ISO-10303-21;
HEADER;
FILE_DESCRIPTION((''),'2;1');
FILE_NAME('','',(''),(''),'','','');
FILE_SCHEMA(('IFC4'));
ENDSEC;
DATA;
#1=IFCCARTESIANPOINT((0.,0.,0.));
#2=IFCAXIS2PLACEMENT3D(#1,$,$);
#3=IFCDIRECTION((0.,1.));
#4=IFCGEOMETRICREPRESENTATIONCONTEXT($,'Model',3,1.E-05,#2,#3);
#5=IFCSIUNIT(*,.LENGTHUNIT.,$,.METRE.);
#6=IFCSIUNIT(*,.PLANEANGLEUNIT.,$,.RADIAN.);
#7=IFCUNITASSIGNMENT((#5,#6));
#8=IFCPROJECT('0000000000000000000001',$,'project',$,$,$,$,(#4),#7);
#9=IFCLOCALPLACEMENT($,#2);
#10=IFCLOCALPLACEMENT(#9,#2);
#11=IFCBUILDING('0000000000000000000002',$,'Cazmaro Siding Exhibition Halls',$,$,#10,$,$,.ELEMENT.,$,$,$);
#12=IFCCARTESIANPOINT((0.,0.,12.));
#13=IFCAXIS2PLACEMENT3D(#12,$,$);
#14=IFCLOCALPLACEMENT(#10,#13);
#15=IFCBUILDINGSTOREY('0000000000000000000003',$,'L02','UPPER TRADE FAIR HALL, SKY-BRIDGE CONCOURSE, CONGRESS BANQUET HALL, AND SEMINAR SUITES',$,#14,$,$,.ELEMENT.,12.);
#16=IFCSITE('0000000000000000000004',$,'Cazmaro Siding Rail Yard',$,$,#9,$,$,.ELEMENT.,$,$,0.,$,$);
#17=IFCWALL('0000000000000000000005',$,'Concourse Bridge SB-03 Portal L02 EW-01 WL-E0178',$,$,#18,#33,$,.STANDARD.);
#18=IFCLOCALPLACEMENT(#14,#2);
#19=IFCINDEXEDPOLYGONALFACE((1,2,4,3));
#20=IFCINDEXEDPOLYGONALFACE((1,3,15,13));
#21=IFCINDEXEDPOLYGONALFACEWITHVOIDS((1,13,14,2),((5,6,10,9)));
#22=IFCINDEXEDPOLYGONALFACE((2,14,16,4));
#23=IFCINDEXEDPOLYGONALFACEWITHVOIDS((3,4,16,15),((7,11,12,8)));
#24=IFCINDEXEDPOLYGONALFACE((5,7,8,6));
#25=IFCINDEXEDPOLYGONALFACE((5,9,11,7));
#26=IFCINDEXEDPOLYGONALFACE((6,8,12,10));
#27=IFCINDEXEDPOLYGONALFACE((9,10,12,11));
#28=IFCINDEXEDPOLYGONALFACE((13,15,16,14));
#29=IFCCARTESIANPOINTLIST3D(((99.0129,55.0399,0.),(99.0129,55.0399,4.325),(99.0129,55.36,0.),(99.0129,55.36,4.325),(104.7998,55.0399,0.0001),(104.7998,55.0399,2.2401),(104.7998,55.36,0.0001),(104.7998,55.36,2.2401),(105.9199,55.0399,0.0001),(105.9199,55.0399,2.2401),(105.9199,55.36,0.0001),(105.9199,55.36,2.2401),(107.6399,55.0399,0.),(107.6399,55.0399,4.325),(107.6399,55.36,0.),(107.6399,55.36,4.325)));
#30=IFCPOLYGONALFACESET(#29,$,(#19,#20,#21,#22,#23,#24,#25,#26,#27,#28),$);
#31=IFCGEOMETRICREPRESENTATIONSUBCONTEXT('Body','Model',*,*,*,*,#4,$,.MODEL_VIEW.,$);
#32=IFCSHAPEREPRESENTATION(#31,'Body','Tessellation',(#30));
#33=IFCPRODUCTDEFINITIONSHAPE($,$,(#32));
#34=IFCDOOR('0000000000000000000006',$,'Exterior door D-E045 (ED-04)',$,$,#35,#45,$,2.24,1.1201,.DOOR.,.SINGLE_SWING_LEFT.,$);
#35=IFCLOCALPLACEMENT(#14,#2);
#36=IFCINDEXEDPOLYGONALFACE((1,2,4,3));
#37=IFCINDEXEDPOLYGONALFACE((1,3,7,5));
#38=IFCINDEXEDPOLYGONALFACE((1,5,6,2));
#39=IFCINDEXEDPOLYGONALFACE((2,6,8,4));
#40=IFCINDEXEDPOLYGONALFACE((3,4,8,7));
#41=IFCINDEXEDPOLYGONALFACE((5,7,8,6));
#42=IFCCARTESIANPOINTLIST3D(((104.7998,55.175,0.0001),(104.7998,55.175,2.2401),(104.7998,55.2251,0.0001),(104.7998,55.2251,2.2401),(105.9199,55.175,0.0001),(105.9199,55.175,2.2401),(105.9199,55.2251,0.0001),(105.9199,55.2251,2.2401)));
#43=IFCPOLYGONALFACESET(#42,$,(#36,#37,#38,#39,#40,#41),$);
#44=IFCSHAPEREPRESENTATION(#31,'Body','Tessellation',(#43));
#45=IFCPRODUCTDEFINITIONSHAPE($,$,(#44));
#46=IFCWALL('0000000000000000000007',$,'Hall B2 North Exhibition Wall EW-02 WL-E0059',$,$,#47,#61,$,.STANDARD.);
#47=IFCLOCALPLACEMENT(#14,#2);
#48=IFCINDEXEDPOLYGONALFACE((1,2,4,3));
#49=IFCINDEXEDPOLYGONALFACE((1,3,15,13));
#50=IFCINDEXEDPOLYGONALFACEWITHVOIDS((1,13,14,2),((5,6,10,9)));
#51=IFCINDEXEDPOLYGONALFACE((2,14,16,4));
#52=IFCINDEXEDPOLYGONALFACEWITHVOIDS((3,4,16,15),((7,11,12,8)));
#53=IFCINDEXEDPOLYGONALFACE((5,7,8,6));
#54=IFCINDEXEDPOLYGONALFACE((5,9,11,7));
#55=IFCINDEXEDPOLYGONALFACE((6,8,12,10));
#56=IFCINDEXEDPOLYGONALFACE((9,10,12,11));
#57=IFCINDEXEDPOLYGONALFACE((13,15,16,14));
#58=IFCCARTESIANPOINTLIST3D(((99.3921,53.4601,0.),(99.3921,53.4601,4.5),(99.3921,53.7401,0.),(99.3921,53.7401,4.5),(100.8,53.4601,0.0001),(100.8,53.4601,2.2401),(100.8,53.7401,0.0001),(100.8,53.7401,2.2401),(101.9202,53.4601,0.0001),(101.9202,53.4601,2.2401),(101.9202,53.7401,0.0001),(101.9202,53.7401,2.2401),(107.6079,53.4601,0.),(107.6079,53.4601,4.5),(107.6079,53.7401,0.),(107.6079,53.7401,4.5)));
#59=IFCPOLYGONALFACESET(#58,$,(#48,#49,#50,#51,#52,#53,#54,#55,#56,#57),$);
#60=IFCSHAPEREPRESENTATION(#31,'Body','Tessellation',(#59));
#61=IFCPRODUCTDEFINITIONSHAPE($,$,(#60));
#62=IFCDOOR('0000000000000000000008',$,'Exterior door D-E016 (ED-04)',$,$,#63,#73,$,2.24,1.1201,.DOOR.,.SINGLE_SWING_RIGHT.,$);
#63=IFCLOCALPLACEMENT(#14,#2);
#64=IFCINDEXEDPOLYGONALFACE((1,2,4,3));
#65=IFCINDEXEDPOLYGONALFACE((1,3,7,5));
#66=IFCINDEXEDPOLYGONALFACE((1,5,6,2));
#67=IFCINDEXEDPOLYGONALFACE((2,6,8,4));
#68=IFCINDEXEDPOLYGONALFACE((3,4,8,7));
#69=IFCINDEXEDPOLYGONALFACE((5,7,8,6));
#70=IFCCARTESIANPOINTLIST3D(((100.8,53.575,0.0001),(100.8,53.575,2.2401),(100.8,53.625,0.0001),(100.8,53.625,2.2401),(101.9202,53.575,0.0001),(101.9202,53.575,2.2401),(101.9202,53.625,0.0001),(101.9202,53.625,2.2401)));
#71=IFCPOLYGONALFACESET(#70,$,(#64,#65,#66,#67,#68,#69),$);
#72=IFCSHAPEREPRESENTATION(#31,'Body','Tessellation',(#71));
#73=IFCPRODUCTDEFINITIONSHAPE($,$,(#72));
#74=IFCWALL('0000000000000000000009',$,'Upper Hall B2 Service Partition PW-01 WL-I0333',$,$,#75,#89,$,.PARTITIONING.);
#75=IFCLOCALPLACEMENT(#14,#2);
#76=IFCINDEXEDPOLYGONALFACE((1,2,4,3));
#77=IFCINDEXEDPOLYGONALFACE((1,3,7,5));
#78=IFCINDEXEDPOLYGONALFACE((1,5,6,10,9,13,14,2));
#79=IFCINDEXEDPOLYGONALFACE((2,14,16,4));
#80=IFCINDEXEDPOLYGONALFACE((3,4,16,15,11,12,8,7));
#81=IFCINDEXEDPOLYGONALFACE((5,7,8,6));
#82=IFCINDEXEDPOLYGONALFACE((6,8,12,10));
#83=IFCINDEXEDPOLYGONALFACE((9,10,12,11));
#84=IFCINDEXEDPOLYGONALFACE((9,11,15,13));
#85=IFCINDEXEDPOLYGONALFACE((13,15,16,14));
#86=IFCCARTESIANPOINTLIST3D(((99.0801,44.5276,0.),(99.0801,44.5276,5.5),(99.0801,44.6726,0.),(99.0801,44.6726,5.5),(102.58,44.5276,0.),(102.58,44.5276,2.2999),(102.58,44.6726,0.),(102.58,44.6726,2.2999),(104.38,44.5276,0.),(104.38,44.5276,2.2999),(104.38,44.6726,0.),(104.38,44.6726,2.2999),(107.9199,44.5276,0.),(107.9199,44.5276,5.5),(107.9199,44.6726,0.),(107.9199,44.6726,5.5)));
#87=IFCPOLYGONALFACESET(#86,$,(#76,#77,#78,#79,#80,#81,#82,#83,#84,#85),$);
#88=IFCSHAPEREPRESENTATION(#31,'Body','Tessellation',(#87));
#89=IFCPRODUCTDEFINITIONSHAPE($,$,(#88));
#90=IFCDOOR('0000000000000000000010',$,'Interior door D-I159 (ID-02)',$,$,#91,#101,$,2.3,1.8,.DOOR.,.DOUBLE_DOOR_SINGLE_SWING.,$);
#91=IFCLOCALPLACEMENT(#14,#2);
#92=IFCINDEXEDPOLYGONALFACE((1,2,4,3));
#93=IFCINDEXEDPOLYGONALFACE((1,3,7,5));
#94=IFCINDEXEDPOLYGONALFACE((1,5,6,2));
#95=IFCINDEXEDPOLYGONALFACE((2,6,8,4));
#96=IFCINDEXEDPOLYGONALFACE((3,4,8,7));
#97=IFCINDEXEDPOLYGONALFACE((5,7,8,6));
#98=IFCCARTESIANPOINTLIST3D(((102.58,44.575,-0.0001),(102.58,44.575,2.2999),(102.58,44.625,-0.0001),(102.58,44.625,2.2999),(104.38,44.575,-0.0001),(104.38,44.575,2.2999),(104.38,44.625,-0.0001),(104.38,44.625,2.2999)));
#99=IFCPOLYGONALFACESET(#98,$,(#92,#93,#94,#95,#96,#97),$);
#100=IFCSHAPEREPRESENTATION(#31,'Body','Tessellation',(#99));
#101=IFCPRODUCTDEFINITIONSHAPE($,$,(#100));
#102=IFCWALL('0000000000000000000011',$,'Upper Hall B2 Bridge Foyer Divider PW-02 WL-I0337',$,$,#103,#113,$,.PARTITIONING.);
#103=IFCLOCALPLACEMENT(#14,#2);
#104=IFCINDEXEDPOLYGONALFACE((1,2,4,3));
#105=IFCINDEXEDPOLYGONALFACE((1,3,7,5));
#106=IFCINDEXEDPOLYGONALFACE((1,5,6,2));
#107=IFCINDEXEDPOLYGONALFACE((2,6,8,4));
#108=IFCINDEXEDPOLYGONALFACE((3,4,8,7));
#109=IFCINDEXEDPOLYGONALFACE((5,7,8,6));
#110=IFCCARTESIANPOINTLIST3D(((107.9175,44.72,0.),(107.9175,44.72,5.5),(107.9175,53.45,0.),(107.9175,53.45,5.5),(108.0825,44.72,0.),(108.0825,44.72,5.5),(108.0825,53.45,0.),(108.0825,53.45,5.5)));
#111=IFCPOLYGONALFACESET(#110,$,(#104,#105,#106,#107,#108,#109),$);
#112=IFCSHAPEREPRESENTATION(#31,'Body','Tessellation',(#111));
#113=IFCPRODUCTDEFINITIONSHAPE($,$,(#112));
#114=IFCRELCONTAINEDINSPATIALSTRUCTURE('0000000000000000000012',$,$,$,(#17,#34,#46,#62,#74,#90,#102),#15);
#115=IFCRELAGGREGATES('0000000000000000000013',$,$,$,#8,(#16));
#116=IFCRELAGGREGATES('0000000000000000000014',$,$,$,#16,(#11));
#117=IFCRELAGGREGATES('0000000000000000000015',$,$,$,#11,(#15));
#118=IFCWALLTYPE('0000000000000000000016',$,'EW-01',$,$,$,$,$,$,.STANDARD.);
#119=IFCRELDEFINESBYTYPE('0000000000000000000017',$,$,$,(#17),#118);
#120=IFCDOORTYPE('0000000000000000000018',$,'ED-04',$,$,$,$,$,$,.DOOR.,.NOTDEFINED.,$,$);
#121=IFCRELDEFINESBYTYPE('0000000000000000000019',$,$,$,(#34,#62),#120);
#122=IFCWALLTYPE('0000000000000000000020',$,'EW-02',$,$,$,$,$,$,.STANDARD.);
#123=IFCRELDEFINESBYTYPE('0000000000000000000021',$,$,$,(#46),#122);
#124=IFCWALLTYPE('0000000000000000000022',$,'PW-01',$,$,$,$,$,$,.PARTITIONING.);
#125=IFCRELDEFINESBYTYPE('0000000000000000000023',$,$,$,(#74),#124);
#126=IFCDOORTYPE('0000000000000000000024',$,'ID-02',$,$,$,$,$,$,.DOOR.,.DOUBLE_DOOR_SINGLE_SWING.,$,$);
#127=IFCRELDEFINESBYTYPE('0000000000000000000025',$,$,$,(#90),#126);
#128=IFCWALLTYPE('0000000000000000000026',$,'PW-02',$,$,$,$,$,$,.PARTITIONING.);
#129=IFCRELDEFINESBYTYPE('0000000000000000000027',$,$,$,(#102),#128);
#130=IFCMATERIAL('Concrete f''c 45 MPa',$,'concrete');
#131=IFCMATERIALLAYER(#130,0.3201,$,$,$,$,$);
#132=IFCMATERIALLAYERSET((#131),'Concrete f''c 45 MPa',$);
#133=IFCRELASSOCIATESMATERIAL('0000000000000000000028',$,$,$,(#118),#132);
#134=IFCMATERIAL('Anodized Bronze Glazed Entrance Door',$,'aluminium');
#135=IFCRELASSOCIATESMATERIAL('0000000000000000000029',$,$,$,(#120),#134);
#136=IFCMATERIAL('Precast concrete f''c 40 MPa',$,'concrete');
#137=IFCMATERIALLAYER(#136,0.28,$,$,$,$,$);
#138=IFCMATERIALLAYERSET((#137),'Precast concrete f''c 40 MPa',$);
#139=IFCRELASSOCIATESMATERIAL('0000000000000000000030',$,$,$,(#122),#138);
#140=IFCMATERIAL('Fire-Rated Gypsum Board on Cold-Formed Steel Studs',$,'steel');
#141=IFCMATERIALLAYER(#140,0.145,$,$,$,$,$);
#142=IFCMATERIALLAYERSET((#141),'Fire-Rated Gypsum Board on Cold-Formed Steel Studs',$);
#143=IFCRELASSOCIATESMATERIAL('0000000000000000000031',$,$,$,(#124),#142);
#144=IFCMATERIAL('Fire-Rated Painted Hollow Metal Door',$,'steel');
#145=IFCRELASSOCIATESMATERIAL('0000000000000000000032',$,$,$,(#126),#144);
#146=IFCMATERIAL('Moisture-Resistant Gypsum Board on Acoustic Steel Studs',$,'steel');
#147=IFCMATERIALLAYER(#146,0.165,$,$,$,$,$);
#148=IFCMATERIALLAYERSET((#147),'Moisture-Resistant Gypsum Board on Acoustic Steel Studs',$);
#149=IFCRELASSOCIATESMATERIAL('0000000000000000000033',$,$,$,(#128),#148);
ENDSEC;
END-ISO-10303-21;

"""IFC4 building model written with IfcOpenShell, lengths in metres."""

from ifc_helpers import new_model, si_unit, direction, frame, frame_2d, origin, place, context, subcontext, project, spatial, rectangle, extrude, material, layer, layer_set, type_object, element, fill, save


model = new_model("IFC4")

# Units and contexts
model_context = context("Model", 3, precision=1e-05, world=origin(), true_north=direction((0.0, 1.0)))
body_context = subcontext(model_context, "Body", "Model", "MODEL_VIEW")
ifc_project = project(units=[si_unit("LENGTHUNIT", "METRE"), si_unit("PLANEANGLEUNIT", "RADIAN")], contexts=[model_context])

# Site, building, storey
site_placement = place(None, origin())
site = spatial("IfcSite", under=ifc_project, at=site_placement, Name="Cazmaro Siding Rail Yard", CompositionType="ELEMENT", RefElevation=0.0)
building_placement = place(site_placement, origin())
building = spatial("IfcBuilding", under=site, at=building_placement, Name="Cazmaro Siding Exhibition Halls", CompositionType="ELEMENT")
storey_placement = place(building_placement, frame((0.0, 0.0, 12.0)))
storey = spatial("IfcBuildingStorey", under=building, at=storey_placement, Name="L02", Description="UPPER TRADE FAIR HALL, SKY-BRIDGE CONCOURSE, CONGRESS BANQUET HALL, AND SEMINAR SUITES", CompositionType="ELEMENT", Elevation=12.0)

# Walls, openings, doors
ifc_material_1 = material(Name="Concrete f'c 45 MPa", Category="concrete")
ifc_layer_1 = layer(ifc_material_1, 0.3201)
ifc_layer_set_1 = layer_set([ifc_layer_1], Name="Concrete f'c 45 MPa")
wall_type_1 = type_object("IfcWallType", Name="EW-01", PredefinedType="STANDARD", material=ifc_layer_set_1)
wall_1_placement = place(storey_placement, frame((107.6399, 55.2, 0.0), z_axis=(0.0, 0.0, 1.0), x_axis=(-1.0, 0.0, 0.0)))
wall_1 = element("IfcWall", 1, at=wall_1_placement, inside=storey, type_object=wall_type_1, Name="Concourse Bridge SB-03 Portal L02 EW-01 WL-E0178", PredefinedType="STANDARD", context=body_context, shape_type="SweptSolid", body=[
    extrude(rectangle(XDim=8.627, YDim=0.3201, at=frame_2d((4.3135, 0.0))), origin(), (0.0, 0.0, 1.0), 4.325),
])
opening_1_placement = place(wall_1_placement, frame((1.72, 0.0, 0.0)))
opening_1 = element("IfcOpeningElement", 2, at=opening_1_placement, cuts=wall_1, PredefinedType="OPENING", context=body_context, shape_type="SweptSolid", body=[
    extrude(rectangle(XDim=1.1201, YDim=2.24, at=frame_2d((0.5601, 1.1201))), frame((0.0, 0.1699, 0.0), z_axis=(0.0, -1.0, 0.0), x_axis=(1.0, 0.0, 0.0)), (0.0, 0.0, 1.0), 0.3401),
])
ifc_material_2 = material(Name="Anodized Bronze Glazed Entrance Door", Category="aluminium")
door_type_1 = type_object("IfcDoorType", Name="ED-04", OperationType="NOTDEFINED", PredefinedType="DOOR", material=ifc_material_2)
door_1_placement = place(opening_1_placement, origin())
door_1 = element("IfcDoor", 3, at=door_1_placement, inside=storey, type_object=door_type_1, Name="Exterior door D-E045 (ED-04)", OperationType="SINGLE_SWING_LEFT", OverallHeight=2.24, OverallWidth=1.1201, PredefinedType="DOOR", context=body_context, shape_type="SweptSolid", body=[
    extrude(rectangle(XDim=1.1201, YDim=2.24, at=frame_2d((0.5601, 1.1201))), frame((0.0, 0.0249, 0.0), z_axis=(0.0, -1.0, 0.0), x_axis=(1.0, 0.0, 0.0)), (0.0, 0.0, 1.0), 0.05),
])
fill(opening_1, door_1)
ifc_material_3 = material(Name="Precast concrete f'c 40 MPa", Category="concrete")
ifc_layer_2 = layer(ifc_material_3, 0.28)
ifc_layer_set_2 = layer_set([ifc_layer_2], Name="Precast concrete f'c 40 MPa")
wall_type_2 = type_object("IfcWallType", Name="EW-02", PredefinedType="STANDARD", material=ifc_layer_set_2)
wall_2_placement = place(storey_placement, frame((99.3921, 53.6001, 0.0), z_axis=(0.0, 0.0, 1.0), x_axis=(1.0, 0.0, 0.0)))
wall_2 = element("IfcWall", 4, at=wall_2_placement, inside=storey, type_object=wall_type_2, Name="Hall B2 North Exhibition Wall EW-02 WL-E0059", PredefinedType="STANDARD", context=body_context, shape_type="SweptSolid", body=[
    extrude(rectangle(XDim=8.2158, YDim=0.28, at=frame_2d((4.1079, 0.0))), origin(), (0.0, 0.0, 1.0), 4.5),
])
opening_2_placement = place(wall_2_placement, frame((1.408, 0.0, 0.0)))
opening_2 = element("IfcOpeningElement", 5, at=opening_2_placement, cuts=wall_2, PredefinedType="OPENING", context=body_context, shape_type="SweptSolid", body=[
    extrude(rectangle(XDim=1.1201, YDim=2.24, at=frame_2d((0.5601, 1.1201))), frame((0.0, 0.1499, 0.0), z_axis=(0.0, -1.0, 0.0), x_axis=(1.0, 0.0, 0.0)), (0.0, 0.0, 1.0), 0.3),
])
door_2_placement = place(opening_2_placement, origin())
door_2 = element("IfcDoor", 6, at=door_2_placement, inside=storey, type_object=door_type_1, Name="Exterior door D-E016 (ED-04)", OperationType="SINGLE_SWING_RIGHT", OverallHeight=2.24, OverallWidth=1.1201, PredefinedType="DOOR", context=body_context, shape_type="SweptSolid", body=[
    extrude(rectangle(XDim=1.1201, YDim=2.24, at=frame_2d((0.5601, 1.1201))), frame((0.0, 0.0249, 0.0), z_axis=(0.0, -1.0, 0.0), x_axis=(1.0, 0.0, 0.0)), (0.0, 0.0, 1.0), 0.05),
])
fill(opening_2, door_2)
ifc_material_4 = material(Name="Fire-Rated Gypsum Board on Cold-Formed Steel Studs", Category="steel")
ifc_layer_3 = layer(ifc_material_4, 0.145)
ifc_layer_set_3 = layer_set([ifc_layer_3], Name="Fire-Rated Gypsum Board on Cold-Formed Steel Studs")
wall_type_3 = type_object("IfcWallType", Name="PW-01", PredefinedType="PARTITIONING", material=ifc_layer_set_3)
wall_3_placement = place(storey_placement, frame((99.0801, 44.6001, 0.0), z_axis=(0.0, 0.0, 1.0), x_axis=(1.0, 0.0, 0.0)))
wall_3 = element("IfcWall", 7, at=wall_3_placement, inside=storey, type_object=wall_type_3, Name="Upper Hall B2 Service Partition PW-01 WL-I0333", PredefinedType="PARTITIONING", context=body_context, shape_type="SweptSolid", body=[
    extrude(rectangle(XDim=8.8398, YDim=0.145, at=frame_2d((4.4199, 0.0))), origin(), (0.0, 0.0, 1.0), 5.5),
])
opening_3_placement = place(wall_3_placement, frame((3.5, 0.0, 0.0)))
opening_3 = element("IfcOpeningElement", 8, at=opening_3_placement, cuts=wall_3, PredefinedType="OPENING", context=body_context, shape_type="SweptSolid", body=[
    extrude(rectangle(XDim=1.8, YDim=2.3, at=frame_2d((0.8999, 1.1499))), frame((0.0, 0.0825, 0.0), z_axis=(0.0, -1.0, 0.0), x_axis=(1.0, 0.0, 0.0)), (0.0, 0.0, 1.0), 0.165),
])
ifc_material_5 = material(Name="Fire-Rated Painted Hollow Metal Door", Category="steel")
door_type_2 = type_object("IfcDoorType", Name="ID-02", OperationType="DOUBLE_DOOR_SINGLE_SWING", PredefinedType="DOOR", material=ifc_material_5)
door_3_placement = place(opening_3_placement, origin())
door_3 = element("IfcDoor", 9, at=door_3_placement, inside=storey, type_object=door_type_2, Name="Interior door D-I159 (ID-02)", OperationType="DOUBLE_DOOR_SINGLE_SWING", OverallHeight=2.3, OverallWidth=1.8, PredefinedType="DOOR", context=body_context, shape_type="SweptSolid", body=[
    extrude(rectangle(XDim=1.8, YDim=2.3, at=frame_2d((0.8999, 1.1499))), frame((0.0, 0.0249, 0.0), z_axis=(0.0, -1.0, 0.0), x_axis=(1.0, 0.0, 0.0)), (0.0, 0.0, 1.0), 0.05),
])
fill(opening_3, door_3)

# Wall
ifc_material_6 = material(Name="Moisture-Resistant Gypsum Board on Acoustic Steel Studs", Category="steel")
ifc_layer_4 = layer(ifc_material_6, 0.165)
ifc_layer_set_4 = layer_set([ifc_layer_4], Name="Moisture-Resistant Gypsum Board on Acoustic Steel Studs")
wall_type_4 = type_object("IfcWallType", Name="PW-02", PredefinedType="PARTITIONING", material=ifc_layer_set_4)
wall_4_placement = place(storey_placement, frame((108.0, 44.72, 0.0), z_axis=(0.0, 0.0, 1.0), x_axis=(0.0, 1.0, 0.0)))
element("IfcWall", 10, at=wall_4_placement, inside=storey, type_object=wall_type_4, Name="Upper Hall B2 Bridge Foyer Divider PW-02 WL-I0337", PredefinedType="PARTITIONING", context=body_context, shape_type="SweptSolid", body=[
    extrude(rectangle(XDim=8.73, YDim=0.165, at=frame_2d((4.365, 0.0))), origin(), (0.0, 0.0, 1.0), 5.5),
])

save(model, "model.ifc")
